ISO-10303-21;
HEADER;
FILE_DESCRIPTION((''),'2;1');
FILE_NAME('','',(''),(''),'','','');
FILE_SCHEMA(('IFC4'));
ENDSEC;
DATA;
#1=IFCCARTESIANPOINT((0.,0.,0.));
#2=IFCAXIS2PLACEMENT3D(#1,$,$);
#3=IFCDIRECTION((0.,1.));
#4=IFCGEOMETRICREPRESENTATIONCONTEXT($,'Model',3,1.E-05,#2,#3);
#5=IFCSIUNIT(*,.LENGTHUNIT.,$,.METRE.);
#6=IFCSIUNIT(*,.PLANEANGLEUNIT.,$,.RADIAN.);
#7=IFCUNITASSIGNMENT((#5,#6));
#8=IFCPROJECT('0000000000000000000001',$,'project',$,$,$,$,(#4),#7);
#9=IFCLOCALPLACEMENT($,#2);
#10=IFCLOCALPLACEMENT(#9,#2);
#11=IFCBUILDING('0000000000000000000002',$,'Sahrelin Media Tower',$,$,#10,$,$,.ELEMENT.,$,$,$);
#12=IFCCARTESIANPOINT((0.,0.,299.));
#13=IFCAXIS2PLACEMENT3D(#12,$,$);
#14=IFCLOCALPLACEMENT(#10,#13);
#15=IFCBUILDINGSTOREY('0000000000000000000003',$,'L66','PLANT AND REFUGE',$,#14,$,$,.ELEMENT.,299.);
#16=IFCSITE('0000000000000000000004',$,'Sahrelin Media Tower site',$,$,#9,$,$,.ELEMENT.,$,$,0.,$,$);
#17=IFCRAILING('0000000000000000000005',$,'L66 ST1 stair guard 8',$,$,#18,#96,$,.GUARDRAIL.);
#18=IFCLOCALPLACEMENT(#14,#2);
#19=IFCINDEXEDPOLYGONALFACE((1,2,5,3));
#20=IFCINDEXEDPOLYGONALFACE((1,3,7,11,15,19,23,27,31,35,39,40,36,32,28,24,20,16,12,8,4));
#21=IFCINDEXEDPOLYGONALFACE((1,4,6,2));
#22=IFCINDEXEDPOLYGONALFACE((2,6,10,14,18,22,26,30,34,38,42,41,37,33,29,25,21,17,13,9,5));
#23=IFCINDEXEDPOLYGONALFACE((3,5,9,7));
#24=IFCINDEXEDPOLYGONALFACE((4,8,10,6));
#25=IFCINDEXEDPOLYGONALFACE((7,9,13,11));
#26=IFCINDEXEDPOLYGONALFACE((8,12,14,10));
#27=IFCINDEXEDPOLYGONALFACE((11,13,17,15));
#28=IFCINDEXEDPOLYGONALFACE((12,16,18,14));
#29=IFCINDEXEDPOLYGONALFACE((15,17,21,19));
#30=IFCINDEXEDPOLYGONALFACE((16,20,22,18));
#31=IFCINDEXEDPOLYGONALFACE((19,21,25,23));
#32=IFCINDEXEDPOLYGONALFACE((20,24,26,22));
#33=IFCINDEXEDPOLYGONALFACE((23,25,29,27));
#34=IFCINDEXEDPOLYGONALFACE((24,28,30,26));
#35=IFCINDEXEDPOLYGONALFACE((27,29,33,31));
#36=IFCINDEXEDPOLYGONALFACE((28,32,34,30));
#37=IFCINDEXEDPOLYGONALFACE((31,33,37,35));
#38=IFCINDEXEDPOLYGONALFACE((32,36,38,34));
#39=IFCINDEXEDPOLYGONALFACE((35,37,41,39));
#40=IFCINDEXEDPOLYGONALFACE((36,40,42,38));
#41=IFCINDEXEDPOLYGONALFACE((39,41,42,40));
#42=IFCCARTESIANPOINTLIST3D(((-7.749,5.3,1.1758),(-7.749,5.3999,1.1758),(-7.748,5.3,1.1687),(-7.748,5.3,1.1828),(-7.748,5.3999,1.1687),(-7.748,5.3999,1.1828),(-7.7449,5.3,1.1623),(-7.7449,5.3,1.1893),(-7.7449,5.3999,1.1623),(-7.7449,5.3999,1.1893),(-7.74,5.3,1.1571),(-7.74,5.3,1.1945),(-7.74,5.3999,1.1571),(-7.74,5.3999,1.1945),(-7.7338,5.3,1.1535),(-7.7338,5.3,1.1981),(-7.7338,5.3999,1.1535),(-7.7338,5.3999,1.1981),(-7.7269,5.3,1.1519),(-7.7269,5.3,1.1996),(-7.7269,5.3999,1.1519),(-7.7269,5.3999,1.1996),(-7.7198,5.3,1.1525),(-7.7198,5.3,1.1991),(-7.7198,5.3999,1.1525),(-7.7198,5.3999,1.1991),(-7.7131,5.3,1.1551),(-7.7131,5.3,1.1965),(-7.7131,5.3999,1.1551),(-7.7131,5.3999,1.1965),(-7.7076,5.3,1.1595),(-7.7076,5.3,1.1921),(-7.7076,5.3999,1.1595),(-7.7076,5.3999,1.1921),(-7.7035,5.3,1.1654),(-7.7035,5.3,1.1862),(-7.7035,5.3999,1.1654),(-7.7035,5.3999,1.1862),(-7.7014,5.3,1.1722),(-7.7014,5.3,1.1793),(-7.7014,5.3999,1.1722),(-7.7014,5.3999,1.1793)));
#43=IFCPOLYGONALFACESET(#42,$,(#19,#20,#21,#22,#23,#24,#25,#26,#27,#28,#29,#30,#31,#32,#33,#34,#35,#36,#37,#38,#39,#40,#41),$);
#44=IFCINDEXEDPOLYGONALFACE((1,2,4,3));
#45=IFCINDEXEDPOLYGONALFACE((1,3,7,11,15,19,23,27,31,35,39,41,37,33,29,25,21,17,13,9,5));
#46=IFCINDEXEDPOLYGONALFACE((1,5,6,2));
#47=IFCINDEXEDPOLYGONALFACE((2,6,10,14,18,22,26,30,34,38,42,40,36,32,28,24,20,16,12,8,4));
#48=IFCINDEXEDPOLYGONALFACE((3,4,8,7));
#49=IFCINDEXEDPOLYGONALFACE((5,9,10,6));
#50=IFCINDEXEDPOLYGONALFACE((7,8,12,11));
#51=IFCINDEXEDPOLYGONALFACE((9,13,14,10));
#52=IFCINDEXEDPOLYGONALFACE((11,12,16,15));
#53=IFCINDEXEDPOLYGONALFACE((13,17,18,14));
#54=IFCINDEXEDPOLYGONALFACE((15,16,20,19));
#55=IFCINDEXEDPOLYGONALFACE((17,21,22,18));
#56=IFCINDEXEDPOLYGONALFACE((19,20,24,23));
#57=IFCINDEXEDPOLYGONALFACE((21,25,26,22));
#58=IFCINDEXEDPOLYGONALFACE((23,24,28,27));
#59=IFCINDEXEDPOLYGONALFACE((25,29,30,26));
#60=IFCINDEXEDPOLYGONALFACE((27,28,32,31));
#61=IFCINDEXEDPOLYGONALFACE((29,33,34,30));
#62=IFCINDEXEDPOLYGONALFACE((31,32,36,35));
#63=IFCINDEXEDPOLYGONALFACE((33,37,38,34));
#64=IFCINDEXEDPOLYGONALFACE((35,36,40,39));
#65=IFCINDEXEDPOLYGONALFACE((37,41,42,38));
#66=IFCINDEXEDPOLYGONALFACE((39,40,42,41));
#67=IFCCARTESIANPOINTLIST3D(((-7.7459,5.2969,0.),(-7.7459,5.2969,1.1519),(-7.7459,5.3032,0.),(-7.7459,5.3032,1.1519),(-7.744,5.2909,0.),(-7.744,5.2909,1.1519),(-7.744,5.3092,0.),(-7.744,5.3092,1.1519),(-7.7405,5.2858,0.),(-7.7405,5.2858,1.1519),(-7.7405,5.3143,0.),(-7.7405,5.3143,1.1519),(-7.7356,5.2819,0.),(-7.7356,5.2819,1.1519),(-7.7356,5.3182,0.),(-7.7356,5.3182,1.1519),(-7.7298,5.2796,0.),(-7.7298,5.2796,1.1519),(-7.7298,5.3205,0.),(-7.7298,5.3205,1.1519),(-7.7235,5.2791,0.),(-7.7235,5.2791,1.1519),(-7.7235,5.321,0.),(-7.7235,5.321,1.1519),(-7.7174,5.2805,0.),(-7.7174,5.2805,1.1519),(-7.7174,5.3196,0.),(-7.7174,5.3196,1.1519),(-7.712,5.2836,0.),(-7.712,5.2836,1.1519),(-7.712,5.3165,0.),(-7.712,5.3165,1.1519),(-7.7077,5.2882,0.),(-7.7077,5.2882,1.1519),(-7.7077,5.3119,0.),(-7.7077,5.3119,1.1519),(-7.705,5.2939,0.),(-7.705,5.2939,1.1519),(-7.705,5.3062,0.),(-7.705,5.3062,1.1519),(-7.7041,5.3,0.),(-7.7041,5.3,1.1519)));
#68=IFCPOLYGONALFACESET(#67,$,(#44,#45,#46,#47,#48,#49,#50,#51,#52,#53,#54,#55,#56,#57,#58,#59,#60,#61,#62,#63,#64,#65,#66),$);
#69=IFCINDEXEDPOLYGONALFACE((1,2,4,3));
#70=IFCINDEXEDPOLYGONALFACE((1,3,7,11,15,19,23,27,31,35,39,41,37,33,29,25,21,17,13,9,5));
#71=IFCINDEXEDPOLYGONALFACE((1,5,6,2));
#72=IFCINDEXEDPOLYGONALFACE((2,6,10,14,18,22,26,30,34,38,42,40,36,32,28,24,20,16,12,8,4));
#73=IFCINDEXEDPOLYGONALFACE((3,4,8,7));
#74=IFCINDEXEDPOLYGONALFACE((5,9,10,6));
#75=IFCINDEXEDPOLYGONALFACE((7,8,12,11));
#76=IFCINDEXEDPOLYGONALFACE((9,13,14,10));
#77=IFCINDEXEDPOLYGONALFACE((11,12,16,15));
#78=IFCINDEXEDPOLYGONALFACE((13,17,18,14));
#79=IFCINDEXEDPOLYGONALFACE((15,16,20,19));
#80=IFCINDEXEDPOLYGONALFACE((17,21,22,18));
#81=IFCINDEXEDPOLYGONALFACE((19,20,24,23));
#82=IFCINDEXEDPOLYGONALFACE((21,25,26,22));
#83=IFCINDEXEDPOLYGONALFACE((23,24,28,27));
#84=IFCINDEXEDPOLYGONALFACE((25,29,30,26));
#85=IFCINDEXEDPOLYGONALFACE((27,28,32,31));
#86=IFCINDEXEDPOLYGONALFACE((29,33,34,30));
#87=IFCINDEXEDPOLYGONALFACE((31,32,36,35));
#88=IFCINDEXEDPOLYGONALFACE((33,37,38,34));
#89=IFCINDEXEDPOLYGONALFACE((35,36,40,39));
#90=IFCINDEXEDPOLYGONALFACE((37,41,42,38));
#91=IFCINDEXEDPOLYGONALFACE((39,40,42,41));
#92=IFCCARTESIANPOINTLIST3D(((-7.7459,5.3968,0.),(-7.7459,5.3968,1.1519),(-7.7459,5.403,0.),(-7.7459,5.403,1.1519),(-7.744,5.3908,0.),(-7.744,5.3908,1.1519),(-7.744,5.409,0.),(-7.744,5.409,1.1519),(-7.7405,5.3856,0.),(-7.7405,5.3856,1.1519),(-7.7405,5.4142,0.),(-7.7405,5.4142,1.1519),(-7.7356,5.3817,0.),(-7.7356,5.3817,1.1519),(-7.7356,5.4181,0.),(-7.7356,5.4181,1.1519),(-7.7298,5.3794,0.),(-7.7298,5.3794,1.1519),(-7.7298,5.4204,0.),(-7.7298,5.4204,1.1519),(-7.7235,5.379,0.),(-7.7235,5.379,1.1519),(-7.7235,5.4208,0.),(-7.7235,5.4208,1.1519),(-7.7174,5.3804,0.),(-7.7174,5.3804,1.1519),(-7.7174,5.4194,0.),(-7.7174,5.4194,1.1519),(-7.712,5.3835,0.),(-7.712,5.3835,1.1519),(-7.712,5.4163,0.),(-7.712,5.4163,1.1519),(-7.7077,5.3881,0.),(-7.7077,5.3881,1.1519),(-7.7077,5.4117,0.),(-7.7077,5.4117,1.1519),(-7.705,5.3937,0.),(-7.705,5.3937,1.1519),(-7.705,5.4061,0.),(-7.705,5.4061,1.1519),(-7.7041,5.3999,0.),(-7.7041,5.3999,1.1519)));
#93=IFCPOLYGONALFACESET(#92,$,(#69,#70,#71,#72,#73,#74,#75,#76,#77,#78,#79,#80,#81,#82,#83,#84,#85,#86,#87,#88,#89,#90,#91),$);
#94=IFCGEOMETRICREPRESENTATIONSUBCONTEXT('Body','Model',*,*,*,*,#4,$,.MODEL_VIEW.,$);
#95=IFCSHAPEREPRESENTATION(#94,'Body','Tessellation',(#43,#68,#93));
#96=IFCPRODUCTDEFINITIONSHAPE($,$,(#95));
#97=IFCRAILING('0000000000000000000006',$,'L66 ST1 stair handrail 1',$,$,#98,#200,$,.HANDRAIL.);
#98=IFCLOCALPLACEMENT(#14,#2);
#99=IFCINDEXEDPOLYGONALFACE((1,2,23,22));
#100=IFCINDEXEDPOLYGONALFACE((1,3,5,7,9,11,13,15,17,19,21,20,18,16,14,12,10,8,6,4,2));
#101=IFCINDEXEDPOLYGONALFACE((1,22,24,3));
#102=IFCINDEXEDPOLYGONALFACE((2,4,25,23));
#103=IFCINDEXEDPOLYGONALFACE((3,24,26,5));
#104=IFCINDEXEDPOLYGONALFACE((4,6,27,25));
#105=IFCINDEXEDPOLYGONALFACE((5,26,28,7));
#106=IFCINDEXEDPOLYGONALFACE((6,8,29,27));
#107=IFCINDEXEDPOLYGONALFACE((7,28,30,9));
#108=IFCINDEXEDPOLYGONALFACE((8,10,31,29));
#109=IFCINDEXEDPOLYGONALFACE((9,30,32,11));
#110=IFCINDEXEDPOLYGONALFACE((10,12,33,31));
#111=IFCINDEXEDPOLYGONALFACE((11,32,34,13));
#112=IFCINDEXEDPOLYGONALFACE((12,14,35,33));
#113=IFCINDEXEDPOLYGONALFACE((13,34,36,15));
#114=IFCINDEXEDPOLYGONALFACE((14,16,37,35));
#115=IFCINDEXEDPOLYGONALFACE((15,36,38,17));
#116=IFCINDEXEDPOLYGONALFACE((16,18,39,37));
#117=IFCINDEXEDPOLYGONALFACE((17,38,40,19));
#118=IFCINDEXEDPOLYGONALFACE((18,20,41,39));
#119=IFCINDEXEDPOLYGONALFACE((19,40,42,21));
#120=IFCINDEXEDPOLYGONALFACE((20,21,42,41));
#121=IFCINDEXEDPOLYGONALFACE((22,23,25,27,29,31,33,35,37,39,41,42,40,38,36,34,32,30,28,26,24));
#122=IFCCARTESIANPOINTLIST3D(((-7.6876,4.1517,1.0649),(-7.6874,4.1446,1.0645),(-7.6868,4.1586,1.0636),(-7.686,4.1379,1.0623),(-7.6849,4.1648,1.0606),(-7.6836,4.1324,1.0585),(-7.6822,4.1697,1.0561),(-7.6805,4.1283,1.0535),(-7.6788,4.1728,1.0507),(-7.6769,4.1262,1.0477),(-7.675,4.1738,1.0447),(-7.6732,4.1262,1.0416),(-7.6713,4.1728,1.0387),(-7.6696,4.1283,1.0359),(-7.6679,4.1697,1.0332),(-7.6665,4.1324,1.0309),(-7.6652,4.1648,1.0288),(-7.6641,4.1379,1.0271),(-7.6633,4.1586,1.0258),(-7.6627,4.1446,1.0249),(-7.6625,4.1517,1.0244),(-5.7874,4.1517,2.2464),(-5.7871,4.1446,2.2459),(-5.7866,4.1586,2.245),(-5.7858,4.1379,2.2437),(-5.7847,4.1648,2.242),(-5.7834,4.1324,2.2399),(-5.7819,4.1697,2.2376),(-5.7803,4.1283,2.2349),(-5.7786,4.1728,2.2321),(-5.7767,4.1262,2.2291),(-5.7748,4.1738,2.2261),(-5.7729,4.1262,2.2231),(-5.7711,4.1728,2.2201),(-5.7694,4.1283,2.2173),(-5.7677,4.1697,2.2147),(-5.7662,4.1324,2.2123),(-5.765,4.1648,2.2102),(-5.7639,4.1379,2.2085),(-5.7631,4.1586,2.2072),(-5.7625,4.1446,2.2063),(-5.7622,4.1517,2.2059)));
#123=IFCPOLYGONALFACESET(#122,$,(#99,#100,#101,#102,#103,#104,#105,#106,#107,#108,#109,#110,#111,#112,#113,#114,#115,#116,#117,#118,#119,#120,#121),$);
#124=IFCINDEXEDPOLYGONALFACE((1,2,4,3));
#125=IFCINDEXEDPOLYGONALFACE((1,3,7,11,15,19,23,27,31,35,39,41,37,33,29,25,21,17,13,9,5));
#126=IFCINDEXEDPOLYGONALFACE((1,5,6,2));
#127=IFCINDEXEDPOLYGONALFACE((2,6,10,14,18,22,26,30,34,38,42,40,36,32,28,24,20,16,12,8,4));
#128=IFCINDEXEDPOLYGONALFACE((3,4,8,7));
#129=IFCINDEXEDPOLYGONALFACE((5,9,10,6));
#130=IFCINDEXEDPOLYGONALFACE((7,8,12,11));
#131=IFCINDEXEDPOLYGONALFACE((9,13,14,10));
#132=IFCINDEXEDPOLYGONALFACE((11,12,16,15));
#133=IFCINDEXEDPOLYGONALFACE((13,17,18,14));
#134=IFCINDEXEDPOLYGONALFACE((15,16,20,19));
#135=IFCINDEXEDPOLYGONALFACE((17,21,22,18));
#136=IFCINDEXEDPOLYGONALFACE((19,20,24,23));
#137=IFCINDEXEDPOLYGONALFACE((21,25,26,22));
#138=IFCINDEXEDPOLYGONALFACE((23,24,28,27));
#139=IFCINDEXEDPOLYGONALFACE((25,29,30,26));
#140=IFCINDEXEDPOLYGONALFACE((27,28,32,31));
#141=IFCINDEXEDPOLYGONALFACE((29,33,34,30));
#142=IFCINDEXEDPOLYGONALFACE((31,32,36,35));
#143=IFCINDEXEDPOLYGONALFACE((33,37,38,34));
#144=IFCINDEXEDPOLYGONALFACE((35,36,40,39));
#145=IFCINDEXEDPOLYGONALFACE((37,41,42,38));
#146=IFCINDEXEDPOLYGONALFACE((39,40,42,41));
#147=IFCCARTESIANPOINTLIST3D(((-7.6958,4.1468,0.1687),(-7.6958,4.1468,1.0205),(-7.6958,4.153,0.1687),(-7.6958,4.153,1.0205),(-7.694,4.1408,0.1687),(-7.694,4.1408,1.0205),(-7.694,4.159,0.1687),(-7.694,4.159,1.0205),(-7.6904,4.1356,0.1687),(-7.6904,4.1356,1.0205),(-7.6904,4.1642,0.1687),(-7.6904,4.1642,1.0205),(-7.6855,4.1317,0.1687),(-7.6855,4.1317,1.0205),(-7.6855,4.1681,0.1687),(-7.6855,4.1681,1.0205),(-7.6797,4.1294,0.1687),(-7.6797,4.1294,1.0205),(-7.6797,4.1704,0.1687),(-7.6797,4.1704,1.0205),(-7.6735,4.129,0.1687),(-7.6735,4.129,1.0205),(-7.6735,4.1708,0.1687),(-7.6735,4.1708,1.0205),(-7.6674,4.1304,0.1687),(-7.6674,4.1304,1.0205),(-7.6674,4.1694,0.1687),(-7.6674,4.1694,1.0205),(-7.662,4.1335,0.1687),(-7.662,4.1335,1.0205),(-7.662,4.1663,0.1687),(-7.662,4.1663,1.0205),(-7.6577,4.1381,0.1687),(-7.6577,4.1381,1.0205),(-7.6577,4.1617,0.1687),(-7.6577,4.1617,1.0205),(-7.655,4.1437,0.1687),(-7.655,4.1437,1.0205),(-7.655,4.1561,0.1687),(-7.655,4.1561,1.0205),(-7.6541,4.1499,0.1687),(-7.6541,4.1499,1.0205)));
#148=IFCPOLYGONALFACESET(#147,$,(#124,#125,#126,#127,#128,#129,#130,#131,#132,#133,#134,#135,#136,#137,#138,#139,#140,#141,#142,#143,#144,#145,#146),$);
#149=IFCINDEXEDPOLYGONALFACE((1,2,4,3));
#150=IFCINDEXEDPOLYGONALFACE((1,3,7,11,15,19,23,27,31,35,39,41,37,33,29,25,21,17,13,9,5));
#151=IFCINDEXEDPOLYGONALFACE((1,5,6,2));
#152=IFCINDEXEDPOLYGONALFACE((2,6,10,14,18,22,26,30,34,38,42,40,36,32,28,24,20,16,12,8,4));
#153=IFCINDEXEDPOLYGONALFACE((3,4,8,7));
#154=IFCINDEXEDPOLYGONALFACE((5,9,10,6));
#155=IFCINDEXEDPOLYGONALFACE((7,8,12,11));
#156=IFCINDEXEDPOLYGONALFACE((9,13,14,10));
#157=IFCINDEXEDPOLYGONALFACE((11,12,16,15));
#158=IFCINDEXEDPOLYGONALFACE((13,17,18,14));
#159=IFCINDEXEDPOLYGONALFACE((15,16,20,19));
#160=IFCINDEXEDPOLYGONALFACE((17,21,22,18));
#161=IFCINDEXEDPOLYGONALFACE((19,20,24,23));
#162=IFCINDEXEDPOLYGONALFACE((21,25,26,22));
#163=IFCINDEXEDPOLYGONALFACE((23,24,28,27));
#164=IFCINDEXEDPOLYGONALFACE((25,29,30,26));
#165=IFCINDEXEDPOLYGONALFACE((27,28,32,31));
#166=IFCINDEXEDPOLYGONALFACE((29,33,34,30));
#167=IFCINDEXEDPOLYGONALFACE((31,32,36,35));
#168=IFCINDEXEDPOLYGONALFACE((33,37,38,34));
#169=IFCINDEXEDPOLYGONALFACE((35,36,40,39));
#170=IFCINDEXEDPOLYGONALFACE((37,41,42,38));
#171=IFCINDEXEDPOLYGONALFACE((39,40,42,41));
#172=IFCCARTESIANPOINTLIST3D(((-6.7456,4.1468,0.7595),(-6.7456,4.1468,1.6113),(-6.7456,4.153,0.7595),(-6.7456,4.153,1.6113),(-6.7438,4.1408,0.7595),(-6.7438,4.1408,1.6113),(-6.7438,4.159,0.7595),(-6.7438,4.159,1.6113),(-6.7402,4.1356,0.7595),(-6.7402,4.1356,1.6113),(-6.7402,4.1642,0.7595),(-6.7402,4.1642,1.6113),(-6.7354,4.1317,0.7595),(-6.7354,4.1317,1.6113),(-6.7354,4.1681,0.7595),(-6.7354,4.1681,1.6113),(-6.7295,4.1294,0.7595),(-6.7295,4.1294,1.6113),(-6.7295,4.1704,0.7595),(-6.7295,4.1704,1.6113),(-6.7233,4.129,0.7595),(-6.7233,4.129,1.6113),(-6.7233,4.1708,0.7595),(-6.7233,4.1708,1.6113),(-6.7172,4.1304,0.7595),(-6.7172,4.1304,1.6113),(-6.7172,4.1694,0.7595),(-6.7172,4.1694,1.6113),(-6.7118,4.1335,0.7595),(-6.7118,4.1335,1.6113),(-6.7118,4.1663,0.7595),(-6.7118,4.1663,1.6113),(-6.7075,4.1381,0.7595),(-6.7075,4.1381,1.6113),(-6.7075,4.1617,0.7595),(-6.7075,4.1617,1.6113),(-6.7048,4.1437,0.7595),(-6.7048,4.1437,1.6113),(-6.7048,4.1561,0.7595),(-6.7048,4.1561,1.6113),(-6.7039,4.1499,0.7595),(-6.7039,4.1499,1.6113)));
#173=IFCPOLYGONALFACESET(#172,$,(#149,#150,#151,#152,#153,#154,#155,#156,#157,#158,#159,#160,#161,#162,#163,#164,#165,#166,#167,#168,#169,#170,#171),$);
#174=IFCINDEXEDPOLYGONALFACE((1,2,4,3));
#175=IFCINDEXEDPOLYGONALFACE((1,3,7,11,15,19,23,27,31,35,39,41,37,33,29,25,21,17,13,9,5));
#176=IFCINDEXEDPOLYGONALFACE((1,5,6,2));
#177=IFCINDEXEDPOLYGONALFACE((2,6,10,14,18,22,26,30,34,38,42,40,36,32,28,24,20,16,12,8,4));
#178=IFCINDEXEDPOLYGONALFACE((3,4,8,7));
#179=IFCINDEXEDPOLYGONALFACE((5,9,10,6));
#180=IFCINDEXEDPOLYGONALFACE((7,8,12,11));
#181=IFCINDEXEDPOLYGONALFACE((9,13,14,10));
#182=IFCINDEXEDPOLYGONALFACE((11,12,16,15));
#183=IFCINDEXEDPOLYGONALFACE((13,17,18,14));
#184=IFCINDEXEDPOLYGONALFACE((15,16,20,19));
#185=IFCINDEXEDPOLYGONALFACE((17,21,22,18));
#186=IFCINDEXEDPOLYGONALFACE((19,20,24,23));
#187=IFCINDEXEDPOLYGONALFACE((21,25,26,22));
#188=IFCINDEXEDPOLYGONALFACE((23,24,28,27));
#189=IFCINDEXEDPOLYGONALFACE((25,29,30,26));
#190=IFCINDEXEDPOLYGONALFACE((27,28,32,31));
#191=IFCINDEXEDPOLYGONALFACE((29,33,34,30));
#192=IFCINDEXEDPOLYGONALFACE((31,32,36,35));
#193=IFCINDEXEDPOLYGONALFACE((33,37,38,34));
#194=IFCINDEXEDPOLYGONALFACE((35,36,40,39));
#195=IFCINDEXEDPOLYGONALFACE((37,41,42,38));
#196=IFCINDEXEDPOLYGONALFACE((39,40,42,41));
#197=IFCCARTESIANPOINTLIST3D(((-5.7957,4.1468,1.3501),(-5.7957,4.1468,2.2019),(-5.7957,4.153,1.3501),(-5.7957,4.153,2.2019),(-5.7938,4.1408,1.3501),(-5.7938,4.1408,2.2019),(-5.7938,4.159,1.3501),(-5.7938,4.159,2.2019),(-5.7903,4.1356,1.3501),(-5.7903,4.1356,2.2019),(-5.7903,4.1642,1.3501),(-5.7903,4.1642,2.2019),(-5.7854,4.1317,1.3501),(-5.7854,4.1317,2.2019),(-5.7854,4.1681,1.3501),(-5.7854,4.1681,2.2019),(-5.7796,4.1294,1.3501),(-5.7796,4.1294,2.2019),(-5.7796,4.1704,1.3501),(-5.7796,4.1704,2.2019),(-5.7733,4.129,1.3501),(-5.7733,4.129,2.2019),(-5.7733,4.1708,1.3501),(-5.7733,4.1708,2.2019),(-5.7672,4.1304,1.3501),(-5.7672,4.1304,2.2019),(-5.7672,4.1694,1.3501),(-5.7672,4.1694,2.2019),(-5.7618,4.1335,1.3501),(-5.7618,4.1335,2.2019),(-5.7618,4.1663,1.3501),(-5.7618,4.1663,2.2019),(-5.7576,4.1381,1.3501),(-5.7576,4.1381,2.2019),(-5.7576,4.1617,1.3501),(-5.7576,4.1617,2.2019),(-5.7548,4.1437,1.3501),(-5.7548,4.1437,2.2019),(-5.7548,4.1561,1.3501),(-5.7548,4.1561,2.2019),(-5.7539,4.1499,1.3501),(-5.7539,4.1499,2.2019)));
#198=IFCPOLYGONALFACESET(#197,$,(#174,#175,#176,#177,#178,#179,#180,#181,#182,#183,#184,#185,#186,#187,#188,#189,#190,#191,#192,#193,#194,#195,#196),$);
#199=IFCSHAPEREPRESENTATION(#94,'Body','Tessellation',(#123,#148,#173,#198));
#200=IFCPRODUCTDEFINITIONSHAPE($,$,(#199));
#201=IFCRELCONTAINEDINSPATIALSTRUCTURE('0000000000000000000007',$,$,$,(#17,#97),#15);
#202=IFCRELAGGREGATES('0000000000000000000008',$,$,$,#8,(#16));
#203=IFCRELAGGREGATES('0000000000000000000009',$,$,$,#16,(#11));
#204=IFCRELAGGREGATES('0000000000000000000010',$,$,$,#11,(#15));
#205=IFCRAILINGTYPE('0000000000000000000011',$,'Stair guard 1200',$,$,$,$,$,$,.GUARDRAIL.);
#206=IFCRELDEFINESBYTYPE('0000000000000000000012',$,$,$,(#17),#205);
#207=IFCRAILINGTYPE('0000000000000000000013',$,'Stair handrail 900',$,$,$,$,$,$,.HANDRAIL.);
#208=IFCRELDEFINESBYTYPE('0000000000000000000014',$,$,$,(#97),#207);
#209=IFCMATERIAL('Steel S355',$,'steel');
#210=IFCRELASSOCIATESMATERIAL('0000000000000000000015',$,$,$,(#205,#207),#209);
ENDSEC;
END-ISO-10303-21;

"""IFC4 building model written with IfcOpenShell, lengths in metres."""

from ifc_helpers import new_model, si_unit, direction, frame, origin, origin_2d, place, context, subcontext, project, spatial, circle, extrude, material, type_object, element, save


model = new_model("IFC4")

# Units and contexts
model_context = context("Model", 3, precision=1e-05, world=origin(), true_north=direction((0.0, 1.0)))
body_context = subcontext(model_context, "Body", "Model", "MODEL_VIEW")
ifc_project = project(units=[si_unit("LENGTHUNIT", "METRE"), si_unit("PLANEANGLEUNIT", "RADIAN")], contexts=[model_context])

# Site, building, storey
site_placement = place(None, origin())
site = spatial("IfcSite", under=ifc_project, at=site_placement, Name="Sahrelin Media Tower site", CompositionType="ELEMENT", RefElevation=0.0)
building_placement = place(site_placement, origin())
building = spatial("IfcBuilding", under=site, at=building_placement, Name="Sahrelin Media Tower", CompositionType="ELEMENT")
storey_placement = place(building_placement, frame((0.0, 0.0, 299.0)))
storey = spatial("IfcBuildingStorey", under=building, at=storey_placement, Name="L66", Description="PLANT AND REFUGE", CompositionType="ELEMENT", Elevation=299.0)

# Shared definitions
ifc_material_1 = material(Name="Steel S355", Category="steel")

# Railings
railing_type_1 = type_object("IfcRailingType", Name="Stair guard 1200", PredefinedType="GUARDRAIL", material=ifc_material_1)
railing_1_placement = place(storey_placement, frame((-7.7251, 5.3, 0.0)))
element("IfcRailing", 1, at=railing_1_placement, inside=storey, type_object=railing_type_1, Name="L66 ST1 stair guard 8", PredefinedType="GUARDRAIL", context=body_context, shape_type="SweptSolid", body=[
    extrude(circle(Radius=0.0239, at=origin_2d()), frame((0.0, 0.0, 1.1758), z_axis=(0.0, 1.0, 0.0), x_axis=(-1.0, 0.0, 0.0)), (0.0, 0.0, 1.0), 0.0999),
    extrude(circle(Radius=0.021, at=origin_2d()), origin(), (0.0, 0.0, 1.0), 1.1519),
    extrude(circle(Radius=0.021, at=origin_2d()), frame((0.0, 0.0999, 0.0)), (0.0, 0.0, 1.0), 1.1519),
])
railing_type_2 = type_object("IfcRailingType", Name="Stair handrail 900", PredefinedType="HANDRAIL", material=ifc_material_1)
for number, where, name in (
    (2, (-7.675, 4.1499, 0.1687), "L66 ST1 stair handrail 1"),
):
    element("IfcRailing", number, at=place(storey_placement, frame(where)), inside=storey, type_object=railing_type_2, Name=name, PredefinedType="HANDRAIL", context=body_context, shape_type="SweptSolid", body=[
        extrude(circle(Radius=0.0239, at=origin_2d()), frame((0.0, 0.0, 0.876), z_axis=(0.84924, 0.0, 0.528006), x_axis=(0.0, 1.0, 0.0)), (0.0, 0.0, 1.0), 2.2375),
        extrude(circle(Radius=0.021, at=origin_2d()), origin(), (0.0, 0.0, 1.0), 0.8518),
        extrude(circle(Radius=0.021, at=origin_2d()), frame((0.9502, 0.0, 0.5908)), (0.0, 0.0, 1.0), 0.8518),
        extrude(circle(Radius=0.021, at=origin_2d()), frame((1.9001, 0.0, 1.1814)), (0.0, 0.0, 1.0), 0.8518),
    ])

save(model, "model.ifc")
